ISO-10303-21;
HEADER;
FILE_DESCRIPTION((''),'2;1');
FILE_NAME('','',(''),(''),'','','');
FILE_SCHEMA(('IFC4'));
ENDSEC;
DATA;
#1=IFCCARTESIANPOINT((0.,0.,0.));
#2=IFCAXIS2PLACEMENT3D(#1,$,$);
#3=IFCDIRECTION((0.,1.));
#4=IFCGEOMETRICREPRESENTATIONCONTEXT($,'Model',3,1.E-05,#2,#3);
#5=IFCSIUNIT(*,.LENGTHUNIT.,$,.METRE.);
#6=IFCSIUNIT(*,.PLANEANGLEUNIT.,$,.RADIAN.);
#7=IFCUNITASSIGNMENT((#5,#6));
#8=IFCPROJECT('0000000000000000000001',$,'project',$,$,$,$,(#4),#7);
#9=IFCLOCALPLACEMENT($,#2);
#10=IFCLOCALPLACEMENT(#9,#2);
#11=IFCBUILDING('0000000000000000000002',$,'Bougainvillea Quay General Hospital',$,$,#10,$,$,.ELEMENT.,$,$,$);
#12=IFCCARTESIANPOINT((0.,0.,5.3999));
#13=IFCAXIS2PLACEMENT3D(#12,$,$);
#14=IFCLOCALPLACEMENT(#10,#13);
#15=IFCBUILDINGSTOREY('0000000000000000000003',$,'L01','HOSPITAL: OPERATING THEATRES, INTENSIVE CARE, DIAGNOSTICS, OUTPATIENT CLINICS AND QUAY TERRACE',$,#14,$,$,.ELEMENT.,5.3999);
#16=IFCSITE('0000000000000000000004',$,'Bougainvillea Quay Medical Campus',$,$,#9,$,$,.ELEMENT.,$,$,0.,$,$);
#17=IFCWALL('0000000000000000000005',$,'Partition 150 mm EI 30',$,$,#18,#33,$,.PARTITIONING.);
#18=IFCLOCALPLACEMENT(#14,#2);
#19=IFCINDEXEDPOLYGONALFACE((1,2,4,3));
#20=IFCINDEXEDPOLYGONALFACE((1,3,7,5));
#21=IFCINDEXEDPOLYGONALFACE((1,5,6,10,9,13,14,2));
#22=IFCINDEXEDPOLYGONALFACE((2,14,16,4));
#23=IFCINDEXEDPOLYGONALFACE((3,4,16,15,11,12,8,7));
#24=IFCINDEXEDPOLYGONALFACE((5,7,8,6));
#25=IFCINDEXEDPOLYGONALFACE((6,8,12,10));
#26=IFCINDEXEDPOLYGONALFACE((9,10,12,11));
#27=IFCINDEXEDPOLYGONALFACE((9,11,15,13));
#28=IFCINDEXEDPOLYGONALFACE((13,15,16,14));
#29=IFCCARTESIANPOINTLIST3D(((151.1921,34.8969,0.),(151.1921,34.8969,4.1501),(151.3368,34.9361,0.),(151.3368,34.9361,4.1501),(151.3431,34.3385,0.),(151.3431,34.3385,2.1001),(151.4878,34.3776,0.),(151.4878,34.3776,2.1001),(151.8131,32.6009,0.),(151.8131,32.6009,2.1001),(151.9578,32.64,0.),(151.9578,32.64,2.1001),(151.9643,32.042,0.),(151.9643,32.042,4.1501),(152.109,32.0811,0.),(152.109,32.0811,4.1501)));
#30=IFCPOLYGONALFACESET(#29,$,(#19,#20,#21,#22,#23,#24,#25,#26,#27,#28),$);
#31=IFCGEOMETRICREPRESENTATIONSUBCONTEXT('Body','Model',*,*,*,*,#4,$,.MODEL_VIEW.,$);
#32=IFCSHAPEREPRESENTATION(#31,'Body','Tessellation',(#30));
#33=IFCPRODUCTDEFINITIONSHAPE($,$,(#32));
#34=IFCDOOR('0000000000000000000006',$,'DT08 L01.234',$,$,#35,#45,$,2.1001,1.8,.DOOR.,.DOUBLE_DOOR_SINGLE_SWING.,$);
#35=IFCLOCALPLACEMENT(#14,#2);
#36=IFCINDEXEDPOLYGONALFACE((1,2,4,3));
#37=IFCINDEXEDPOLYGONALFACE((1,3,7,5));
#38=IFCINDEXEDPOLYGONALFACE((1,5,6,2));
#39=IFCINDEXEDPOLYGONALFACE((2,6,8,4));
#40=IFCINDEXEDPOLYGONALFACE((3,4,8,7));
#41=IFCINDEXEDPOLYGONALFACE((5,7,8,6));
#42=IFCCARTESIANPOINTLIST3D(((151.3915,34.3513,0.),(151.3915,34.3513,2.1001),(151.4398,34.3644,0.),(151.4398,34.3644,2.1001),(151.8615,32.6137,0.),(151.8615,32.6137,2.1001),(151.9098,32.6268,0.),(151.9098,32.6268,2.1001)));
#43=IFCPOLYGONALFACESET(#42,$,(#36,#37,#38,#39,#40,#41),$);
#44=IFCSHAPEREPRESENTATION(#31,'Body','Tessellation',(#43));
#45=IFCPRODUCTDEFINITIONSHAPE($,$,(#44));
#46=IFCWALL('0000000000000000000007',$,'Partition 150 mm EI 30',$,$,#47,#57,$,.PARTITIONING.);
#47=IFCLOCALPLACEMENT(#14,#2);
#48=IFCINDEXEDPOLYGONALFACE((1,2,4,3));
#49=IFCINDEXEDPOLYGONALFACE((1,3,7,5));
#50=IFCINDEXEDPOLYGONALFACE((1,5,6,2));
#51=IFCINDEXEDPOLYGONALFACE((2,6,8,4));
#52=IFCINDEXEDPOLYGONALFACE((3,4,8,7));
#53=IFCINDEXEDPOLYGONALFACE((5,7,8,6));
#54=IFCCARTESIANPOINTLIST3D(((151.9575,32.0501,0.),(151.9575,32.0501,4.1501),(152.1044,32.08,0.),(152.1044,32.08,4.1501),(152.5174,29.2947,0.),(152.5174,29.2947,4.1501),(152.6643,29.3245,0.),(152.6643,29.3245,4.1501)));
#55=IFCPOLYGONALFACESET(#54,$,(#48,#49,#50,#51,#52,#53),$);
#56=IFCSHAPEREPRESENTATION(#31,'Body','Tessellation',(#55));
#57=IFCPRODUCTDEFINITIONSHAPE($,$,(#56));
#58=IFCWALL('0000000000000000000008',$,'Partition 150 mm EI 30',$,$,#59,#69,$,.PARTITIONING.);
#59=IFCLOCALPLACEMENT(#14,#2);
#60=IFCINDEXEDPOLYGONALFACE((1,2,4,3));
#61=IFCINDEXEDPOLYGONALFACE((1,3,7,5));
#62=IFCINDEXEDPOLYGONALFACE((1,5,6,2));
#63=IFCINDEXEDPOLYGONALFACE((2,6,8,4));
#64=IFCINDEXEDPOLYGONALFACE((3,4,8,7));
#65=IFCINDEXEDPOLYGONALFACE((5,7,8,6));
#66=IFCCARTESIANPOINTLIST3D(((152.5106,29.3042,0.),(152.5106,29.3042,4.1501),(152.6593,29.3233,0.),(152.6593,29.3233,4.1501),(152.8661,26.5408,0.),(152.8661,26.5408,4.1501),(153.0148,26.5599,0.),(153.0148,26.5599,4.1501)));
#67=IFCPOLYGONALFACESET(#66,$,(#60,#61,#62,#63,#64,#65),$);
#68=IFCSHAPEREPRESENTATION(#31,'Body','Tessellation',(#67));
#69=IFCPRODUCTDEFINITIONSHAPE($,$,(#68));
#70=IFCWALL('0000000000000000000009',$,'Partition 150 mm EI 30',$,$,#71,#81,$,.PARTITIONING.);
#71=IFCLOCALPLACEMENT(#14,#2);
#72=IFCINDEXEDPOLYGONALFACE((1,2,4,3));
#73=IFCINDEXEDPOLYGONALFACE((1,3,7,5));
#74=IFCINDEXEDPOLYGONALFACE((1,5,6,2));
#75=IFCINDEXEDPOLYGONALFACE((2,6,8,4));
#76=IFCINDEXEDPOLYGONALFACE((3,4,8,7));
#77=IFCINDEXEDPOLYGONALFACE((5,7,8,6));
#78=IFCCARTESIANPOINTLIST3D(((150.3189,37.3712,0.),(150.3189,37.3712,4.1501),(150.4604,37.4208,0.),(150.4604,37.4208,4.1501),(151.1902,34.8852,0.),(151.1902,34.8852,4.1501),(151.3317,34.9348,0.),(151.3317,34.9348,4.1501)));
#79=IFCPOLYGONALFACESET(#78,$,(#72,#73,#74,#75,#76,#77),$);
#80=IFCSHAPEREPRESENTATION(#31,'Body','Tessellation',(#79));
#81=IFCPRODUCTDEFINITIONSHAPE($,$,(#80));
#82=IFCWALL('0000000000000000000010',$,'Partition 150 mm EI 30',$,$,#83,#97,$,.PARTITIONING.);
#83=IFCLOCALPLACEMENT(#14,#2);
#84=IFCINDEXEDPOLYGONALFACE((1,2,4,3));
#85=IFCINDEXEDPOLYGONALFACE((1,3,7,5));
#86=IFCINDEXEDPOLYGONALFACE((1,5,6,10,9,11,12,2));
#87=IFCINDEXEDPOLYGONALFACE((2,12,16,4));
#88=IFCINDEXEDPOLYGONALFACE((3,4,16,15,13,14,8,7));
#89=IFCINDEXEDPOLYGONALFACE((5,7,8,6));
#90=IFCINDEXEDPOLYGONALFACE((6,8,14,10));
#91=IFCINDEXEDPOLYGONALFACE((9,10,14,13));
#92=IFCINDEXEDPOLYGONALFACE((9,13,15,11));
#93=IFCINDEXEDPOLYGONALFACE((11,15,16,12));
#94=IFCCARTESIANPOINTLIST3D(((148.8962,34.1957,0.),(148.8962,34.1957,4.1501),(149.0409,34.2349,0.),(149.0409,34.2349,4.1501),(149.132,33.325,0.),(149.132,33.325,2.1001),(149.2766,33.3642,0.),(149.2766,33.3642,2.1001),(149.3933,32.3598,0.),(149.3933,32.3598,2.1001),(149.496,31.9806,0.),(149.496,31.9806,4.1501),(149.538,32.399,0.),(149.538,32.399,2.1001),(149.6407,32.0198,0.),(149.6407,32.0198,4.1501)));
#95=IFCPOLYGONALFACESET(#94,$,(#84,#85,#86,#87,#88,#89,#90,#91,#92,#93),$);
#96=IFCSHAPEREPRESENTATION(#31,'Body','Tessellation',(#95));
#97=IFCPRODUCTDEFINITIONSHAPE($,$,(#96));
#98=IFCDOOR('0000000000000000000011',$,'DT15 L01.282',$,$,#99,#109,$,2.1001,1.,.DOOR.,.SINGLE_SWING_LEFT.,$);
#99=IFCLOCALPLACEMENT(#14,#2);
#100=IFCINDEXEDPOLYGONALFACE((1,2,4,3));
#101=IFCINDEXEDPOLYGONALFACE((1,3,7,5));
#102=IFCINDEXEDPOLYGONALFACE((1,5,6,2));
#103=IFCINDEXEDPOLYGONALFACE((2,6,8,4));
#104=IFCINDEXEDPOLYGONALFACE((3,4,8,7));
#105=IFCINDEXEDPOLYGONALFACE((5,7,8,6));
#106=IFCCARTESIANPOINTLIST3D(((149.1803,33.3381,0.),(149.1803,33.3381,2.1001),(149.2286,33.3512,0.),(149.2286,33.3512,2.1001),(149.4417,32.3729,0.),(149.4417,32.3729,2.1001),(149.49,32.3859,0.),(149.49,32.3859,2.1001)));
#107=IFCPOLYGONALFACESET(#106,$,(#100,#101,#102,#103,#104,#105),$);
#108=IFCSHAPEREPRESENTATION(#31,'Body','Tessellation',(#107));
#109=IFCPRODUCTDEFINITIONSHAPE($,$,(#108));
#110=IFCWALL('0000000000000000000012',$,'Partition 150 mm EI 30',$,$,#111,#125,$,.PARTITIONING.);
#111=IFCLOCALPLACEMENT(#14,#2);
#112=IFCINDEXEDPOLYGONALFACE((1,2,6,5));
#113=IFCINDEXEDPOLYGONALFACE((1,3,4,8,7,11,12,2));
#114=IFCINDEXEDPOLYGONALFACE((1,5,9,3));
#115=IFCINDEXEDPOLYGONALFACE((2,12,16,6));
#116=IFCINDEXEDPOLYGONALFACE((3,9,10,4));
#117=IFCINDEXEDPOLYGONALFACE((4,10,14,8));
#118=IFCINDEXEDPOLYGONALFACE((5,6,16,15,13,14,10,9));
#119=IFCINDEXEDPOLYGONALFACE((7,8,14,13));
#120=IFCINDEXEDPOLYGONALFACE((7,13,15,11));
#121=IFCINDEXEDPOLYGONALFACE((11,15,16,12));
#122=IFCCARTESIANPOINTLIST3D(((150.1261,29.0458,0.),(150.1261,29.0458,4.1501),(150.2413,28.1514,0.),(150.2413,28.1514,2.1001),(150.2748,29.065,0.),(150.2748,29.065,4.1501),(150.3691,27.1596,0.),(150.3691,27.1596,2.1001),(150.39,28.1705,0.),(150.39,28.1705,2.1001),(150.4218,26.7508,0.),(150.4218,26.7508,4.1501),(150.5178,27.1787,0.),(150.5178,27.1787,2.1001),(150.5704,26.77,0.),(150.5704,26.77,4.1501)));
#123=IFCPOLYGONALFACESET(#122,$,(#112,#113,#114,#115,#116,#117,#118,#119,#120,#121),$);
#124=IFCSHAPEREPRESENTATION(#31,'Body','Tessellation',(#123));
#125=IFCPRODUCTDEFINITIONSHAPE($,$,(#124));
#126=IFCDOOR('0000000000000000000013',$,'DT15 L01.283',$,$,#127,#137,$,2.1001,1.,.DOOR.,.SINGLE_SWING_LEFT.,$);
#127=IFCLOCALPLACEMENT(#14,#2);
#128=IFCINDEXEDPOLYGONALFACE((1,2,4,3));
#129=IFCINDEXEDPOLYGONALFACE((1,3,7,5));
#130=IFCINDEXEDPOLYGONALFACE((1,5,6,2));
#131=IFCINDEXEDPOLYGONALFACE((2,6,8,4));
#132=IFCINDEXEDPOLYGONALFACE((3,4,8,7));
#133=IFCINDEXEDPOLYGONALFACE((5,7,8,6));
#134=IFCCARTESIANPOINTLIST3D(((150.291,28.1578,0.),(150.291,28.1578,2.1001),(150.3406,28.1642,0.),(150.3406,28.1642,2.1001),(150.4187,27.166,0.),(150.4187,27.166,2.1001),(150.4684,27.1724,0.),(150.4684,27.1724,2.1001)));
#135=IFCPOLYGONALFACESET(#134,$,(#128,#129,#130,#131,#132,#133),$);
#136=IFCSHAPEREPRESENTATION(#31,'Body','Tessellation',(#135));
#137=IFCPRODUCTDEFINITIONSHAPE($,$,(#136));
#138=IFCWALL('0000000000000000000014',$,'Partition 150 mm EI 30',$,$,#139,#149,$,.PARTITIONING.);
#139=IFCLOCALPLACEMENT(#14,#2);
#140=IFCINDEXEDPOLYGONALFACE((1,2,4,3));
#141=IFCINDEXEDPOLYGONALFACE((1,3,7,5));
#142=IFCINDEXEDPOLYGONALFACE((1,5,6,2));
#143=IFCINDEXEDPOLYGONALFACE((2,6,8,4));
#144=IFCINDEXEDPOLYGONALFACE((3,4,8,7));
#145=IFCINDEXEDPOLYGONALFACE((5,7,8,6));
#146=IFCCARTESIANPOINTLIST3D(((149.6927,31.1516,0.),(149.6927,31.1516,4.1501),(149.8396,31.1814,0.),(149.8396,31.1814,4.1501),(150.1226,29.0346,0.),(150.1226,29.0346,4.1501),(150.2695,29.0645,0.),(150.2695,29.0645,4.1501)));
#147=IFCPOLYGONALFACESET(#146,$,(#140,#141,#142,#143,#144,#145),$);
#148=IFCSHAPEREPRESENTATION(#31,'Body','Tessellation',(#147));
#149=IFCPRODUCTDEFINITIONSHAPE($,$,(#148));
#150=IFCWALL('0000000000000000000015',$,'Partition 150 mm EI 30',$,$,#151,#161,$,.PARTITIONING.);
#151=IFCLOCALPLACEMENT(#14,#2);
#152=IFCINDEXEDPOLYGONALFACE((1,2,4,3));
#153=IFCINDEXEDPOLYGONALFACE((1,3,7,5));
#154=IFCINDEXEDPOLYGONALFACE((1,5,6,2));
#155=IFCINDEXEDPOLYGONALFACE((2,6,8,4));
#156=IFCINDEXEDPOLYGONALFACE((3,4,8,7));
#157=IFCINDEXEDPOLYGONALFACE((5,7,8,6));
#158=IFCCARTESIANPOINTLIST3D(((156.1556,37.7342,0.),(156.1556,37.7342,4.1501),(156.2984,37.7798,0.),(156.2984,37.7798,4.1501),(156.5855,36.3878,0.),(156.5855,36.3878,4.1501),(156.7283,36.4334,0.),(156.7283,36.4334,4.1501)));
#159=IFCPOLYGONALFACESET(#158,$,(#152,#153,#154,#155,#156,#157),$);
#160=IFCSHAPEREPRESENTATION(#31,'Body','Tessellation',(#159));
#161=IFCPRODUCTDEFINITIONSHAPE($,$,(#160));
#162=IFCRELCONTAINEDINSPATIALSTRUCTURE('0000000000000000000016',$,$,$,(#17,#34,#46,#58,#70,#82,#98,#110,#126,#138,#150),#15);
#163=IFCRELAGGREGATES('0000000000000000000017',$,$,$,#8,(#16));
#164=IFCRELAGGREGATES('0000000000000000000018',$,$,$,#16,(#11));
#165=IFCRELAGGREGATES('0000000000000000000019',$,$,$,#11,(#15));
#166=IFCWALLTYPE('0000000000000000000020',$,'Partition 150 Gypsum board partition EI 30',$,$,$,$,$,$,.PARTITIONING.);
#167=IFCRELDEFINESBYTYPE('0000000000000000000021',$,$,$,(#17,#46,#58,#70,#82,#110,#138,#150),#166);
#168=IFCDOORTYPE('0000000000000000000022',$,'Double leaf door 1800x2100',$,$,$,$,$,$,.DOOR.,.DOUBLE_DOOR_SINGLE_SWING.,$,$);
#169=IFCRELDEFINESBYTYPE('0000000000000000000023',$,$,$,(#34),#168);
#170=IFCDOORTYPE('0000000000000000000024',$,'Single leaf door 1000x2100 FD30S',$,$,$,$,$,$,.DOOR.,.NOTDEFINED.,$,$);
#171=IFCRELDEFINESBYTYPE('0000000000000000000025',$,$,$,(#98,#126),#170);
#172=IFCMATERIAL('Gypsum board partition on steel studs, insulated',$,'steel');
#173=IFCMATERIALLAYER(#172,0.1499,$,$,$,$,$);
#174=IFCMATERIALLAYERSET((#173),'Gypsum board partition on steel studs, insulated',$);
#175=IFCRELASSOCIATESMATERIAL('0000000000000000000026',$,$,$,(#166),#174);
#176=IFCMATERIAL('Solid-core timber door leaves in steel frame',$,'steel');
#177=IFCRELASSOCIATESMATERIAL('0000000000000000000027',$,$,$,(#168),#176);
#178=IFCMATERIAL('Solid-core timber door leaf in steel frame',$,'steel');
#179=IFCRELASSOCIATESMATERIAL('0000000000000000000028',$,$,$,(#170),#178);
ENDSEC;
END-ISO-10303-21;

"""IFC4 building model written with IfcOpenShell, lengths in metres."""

from ifc_helpers import new_model, si_unit, direction, frame, frame_2d, origin, place, context, subcontext, project, spatial, rectangle, extrude, material, layer, layer_set, type_object, element, fill, save


model = new_model("IFC4")

# Units and contexts
model_context = context("Model", 3, precision=1e-05, world=origin(), true_north=direction((0.0, 1.0)))
body_context = subcontext(model_context, "Body", "Model", "MODEL_VIEW")
ifc_project = project(units=[si_unit("LENGTHUNIT", "METRE"), si_unit("PLANEANGLEUNIT", "RADIAN")], contexts=[model_context])

# Site, building, storey
site_placement = place(None, origin())
site = spatial("IfcSite", under=ifc_project, at=site_placement, Name="Bougainvillea Quay Medical Campus", CompositionType="ELEMENT", RefElevation=0.0)
building_placement = place(site_placement, origin())
building = spatial("IfcBuilding", under=site, at=building_placement, Name="Bougainvillea Quay General Hospital", CompositionType="ELEMENT")
storey_placement = place(building_placement, frame((0.0, 0.0, 5.3999)))
storey = spatial("IfcBuildingStorey", under=building, at=storey_placement, Name="L01", Description="HOSPITAL: OPERATING THEATRES, INTENSIVE CARE, DIAGNOSTICS, OUTPATIENT CLINICS AND QUAY TERRACE", CompositionType="ELEMENT", Elevation=5.3999)

# Wall, opening, door
ifc_material_1 = material(Name="Gypsum board partition on steel studs, insulated", Category="steel")
ifc_layer_1 = layer(ifc_material_1, 0.1499)
ifc_layer_set_1 = layer_set([ifc_layer_1], Name="Gypsum board partition on steel studs, insulated")
wall_type_1 = type_object("IfcWallType", Name="Partition 150 Gypsum board partition EI 30", PredefinedType="PARTITIONING", material=ifc_layer_set_1)
wall_1_placement = place(storey_placement, frame((151.2644, 34.9165, 0.0), z_axis=(0.0, 0.0, 1.0), x_axis=(0.261098, -0.965312, 0.0)))
wall_1 = element("IfcWall", 1, at=wall_1_placement, inside=storey, type_object=wall_type_1, Name="Partition 150 mm EI 30", PredefinedType="PARTITIONING", context=body_context, shape_type="SweptSolid", body=[
    extrude(rectangle(XDim=2.9575, YDim=0.1499, at=frame_2d((1.4788, 0.0))), origin(), (0.0, 0.0, 1.0), 4.1501),
])
opening_1_placement = place(wall_1_placement, frame((0.5786, 0.0, 0.0)))
opening_1 = element("IfcOpeningElement", 2, at=opening_1_placement, cuts=wall_1, PredefinedType="OPENING", context=body_context, shape_type="SweptSolid", body=[
    extrude(rectangle(XDim=1.8, YDim=2.1001, at=frame_2d((0.8999, 1.05))), frame((0.0, 0.085, 0.0), z_axis=(0.0, -1.0, 0.0), x_axis=(1.0, 0.0, 0.0)), (0.0, 0.0, 1.0), 0.1699),
])
ifc_material_2 = material(Name="Solid-core timber door leaves in steel frame", Category="steel")
door_type_1 = type_object("IfcDoorType", Name="Double leaf door 1800x2100", OperationType="DOUBLE_DOOR_SINGLE_SWING", PredefinedType="DOOR", material=ifc_material_2)
door_1_placement = place(opening_1_placement, frame((1.8, 0.0, 0.0), z_axis=(0.0, 0.0, 1.0), x_axis=(-1.0, 0.0, 0.0)))
door_1 = element("IfcDoor", 3, at=door_1_placement, inside=storey, type_object=door_type_1, Name="DT08 L01.234", OperationType="DOUBLE_DOOR_SINGLE_SWING", OverallHeight=2.1001, OverallWidth=1.8, PredefinedType="DOOR", context=body_context, shape_type="SweptSolid", body=[
    extrude(rectangle(XDim=1.8, YDim=2.1001, at=frame_2d((0.8999, 1.05))), frame((0.0, 0.0249, 0.0), z_axis=(0.0, -1.0, 0.0), x_axis=(1.0, 0.0, 0.0)), (0.0, 0.0, 1.0), 0.05),
])
fill(opening_1, door_1)

# Walls
wall_2_placement = place(storey_placement, frame((152.031, 32.0649, 0.0), z_axis=(0.0, 0.0, 1.0), x_axis=(0.199104, -0.979978, 0.0)))
element("IfcWall", 4, at=wall_2_placement, inside=storey, type_object=wall_type_1, Name="Partition 150 mm EI 30", PredefinedType="PARTITIONING", context=body_context, shape_type="SweptSolid", body=[
    extrude(rectangle(XDim=2.8118, YDim=0.1499, at=frame_2d((1.4058, 0.0))), origin(), (0.0, 0.0, 1.0), 4.1501),
])
wall_3_placement = place(storey_placement, frame((152.585, 29.3137, 0.0), z_axis=(0.0, 0.0, 1.0), x_axis=(0.127582, -0.991828, 0.0)))
element("IfcWall", 5, at=wall_3_placement, inside=storey, type_object=wall_type_1, Name="Partition 150 mm EI 30", PredefinedType="PARTITIONING", context=body_context, shape_type="SweptSolid", body=[
    extrude(rectangle(XDim=2.7861, YDim=0.1499, at=frame_2d((1.3931, 0.0))), origin(), (0.0, 0.0, 1.0), 4.1501),
])
wall_4_placement = place(storey_placement, frame((150.3896, 37.396, 0.0), z_axis=(0.0, 0.0, 1.0), x_axis=(0.330759, -0.943715, 0.0)))
element("IfcWall", 6, at=wall_4_placement, inside=storey, type_object=wall_type_1, Name="Partition 150 mm EI 30", PredefinedType="PARTITIONING", context=body_context, shape_type="SweptSolid", body=[
    extrude(rectangle(XDim=2.6343, YDim=0.1499, at=frame_2d((1.3171, 0.0))), origin(), (0.0, 0.0, 1.0), 4.1501),
])

# Walls, openings, doors
wall_5_placement = place(storey_placement, frame((148.9685, 34.2153, 0.0), z_axis=(0.0, 0.0, 1.0), x_axis=(0.261389, -0.965234, 0.0)))
wall_5 = element("IfcWall", 7, at=wall_5_placement, inside=storey, type_object=wall_type_1, Name="Partition 150 mm EI 30", PredefinedType="PARTITIONING", context=body_context, shape_type="SweptSolid", body=[
    extrude(rectangle(XDim=2.2949, YDim=0.1499, at=frame_2d((1.1475, 0.0))), origin(), (0.0, 0.0, 1.0), 4.1501),
])
opening_2_placement = place(wall_5_placement, frame((0.9021, 0.0, 0.0)))
opening_2 = element("IfcOpeningElement", 8, at=opening_2_placement, cuts=wall_5, PredefinedType="OPENING", context=body_context, shape_type="SweptSolid", body=[
    extrude(rectangle(XDim=1.0, YDim=2.1001, at=frame_2d((0.5, 1.05))), frame((0.0, 0.085, 0.0), z_axis=(0.0, -1.0, 0.0), x_axis=(1.0, 0.0, 0.0)), (0.0, 0.0, 1.0), 0.1699),
])
ifc_material_3 = material(Name="Solid-core timber door leaf in steel frame", Category="steel")
door_type_2 = type_object("IfcDoorType", Name="Single leaf door 1000x2100 FD30S", OperationType="NOTDEFINED", PredefinedType="DOOR", material=ifc_material_3)
door_2_placement = place(opening_2_placement, frame((1.0, 0.0, 0.0), z_axis=(0.0, 0.0, 1.0), x_axis=(-1.0, 0.0, 0.0)))
door_2 = element("IfcDoor", 9, at=door_2_placement, inside=storey, type_object=door_type_2, Name="DT15 L01.282", OperationType="SINGLE_SWING_LEFT", OverallHeight=2.1001, OverallWidth=1.0, PredefinedType="DOOR", context=body_context, shape_type="SweptSolid", body=[
    extrude(rectangle(XDim=1.0, YDim=2.1001, at=frame_2d((0.5, 1.05))), frame((0.0, 0.0249, 0.0), z_axis=(0.0, -1.0, 0.0), x_axis=(1.0, 0.0, 0.0)), (0.0, 0.0, 1.0), 0.05),
])
fill(opening_2, door_2)
wall_6_placement = place(storey_placement, frame((150.2004, 29.0554, 0.0), z_axis=(0.0, 0.0, 1.0), x_axis=(0.127774, -0.991803, 0.0)))
wall_6 = element("IfcWall", 10, at=wall_6_placement, inside=storey, type_object=wall_type_1, Name="Partition 150 mm EI 30", PredefinedType="PARTITIONING", context=body_context, shape_type="SweptSolid", body=[
    extrude(rectangle(XDim=2.314, YDim=0.1499, at=frame_2d((1.157, 0.0))), origin(), (0.0, 0.0, 1.0), 4.1501),
])
opening_3_placement = place(wall_6_placement, frame((0.9019, 0.0, 0.0)))
opening_3 = element("IfcOpeningElement", 11, at=opening_3_placement, cuts=wall_6, PredefinedType="OPENING", context=body_context, shape_type="SweptSolid", body=[
    extrude(rectangle(XDim=1.0, YDim=2.1001, at=frame_2d((0.5, 1.05))), frame((0.0, 0.085, 0.0), z_axis=(0.0, -1.0, 0.0), x_axis=(1.0, 0.0, 0.0)), (0.0, 0.0, 1.0), 0.1699),
])
door_3_placement = place(opening_3_placement, frame((1.0, 0.0, 0.0), z_axis=(0.0, 0.0, 1.0), x_axis=(-1.0, 0.0, 0.0)))
door_3 = element("IfcDoor", 12, at=door_3_placement, inside=storey, type_object=door_type_2, Name="DT15 L01.283", OperationType="SINGLE_SWING_LEFT", OverallHeight=2.1001, OverallWidth=1.0, PredefinedType="DOOR", context=body_context, shape_type="SweptSolid", body=[
    extrude(rectangle(XDim=1.0, YDim=2.1001, at=frame_2d((0.5, 1.05))), frame((0.0, 0.0249, 0.0), z_axis=(0.0, -1.0, 0.0), x_axis=(1.0, 0.0, 0.0)), (0.0, 0.0, 1.0), 0.05),
])
fill(opening_3, door_3)

# Walls
wall_7_placement = place(storey_placement, frame((149.7661, 31.1665, 0.0), z_axis=(0.0, 0.0, 1.0), x_axis=(0.199028, -0.979994, 0.0)))
element("IfcWall", 13, at=wall_7_placement, inside=storey, type_object=wall_type_1, Name="Partition 150 mm EI 30", PredefinedType="PARTITIONING", context=body_context, shape_type="SweptSolid", body=[
    extrude(rectangle(XDim=2.1602, YDim=0.1499, at=frame_2d((1.0801, 0.0))), origin(), (0.0, 0.0, 1.0), 4.1501),
])
wall_8_placement = place(storey_placement, frame((156.2271, 37.7568, 0.0), z_axis=(0.0, 0.0, 1.0), x_axis=(0.30418, -0.952614, 0.0)))
element("IfcWall", 14, at=wall_8_placement, inside=storey, type_object=wall_type_1, Name="Partition 150 mm EI 30", PredefinedType="PARTITIONING", context=body_context, shape_type="SweptSolid", body=[
    extrude(rectangle(XDim=1.4133, YDim=0.1499, at=frame_2d((0.7065, 0.0))), origin(), (0.0, 0.0, 1.0), 4.1501),
])

save(model, "model.ifc")
